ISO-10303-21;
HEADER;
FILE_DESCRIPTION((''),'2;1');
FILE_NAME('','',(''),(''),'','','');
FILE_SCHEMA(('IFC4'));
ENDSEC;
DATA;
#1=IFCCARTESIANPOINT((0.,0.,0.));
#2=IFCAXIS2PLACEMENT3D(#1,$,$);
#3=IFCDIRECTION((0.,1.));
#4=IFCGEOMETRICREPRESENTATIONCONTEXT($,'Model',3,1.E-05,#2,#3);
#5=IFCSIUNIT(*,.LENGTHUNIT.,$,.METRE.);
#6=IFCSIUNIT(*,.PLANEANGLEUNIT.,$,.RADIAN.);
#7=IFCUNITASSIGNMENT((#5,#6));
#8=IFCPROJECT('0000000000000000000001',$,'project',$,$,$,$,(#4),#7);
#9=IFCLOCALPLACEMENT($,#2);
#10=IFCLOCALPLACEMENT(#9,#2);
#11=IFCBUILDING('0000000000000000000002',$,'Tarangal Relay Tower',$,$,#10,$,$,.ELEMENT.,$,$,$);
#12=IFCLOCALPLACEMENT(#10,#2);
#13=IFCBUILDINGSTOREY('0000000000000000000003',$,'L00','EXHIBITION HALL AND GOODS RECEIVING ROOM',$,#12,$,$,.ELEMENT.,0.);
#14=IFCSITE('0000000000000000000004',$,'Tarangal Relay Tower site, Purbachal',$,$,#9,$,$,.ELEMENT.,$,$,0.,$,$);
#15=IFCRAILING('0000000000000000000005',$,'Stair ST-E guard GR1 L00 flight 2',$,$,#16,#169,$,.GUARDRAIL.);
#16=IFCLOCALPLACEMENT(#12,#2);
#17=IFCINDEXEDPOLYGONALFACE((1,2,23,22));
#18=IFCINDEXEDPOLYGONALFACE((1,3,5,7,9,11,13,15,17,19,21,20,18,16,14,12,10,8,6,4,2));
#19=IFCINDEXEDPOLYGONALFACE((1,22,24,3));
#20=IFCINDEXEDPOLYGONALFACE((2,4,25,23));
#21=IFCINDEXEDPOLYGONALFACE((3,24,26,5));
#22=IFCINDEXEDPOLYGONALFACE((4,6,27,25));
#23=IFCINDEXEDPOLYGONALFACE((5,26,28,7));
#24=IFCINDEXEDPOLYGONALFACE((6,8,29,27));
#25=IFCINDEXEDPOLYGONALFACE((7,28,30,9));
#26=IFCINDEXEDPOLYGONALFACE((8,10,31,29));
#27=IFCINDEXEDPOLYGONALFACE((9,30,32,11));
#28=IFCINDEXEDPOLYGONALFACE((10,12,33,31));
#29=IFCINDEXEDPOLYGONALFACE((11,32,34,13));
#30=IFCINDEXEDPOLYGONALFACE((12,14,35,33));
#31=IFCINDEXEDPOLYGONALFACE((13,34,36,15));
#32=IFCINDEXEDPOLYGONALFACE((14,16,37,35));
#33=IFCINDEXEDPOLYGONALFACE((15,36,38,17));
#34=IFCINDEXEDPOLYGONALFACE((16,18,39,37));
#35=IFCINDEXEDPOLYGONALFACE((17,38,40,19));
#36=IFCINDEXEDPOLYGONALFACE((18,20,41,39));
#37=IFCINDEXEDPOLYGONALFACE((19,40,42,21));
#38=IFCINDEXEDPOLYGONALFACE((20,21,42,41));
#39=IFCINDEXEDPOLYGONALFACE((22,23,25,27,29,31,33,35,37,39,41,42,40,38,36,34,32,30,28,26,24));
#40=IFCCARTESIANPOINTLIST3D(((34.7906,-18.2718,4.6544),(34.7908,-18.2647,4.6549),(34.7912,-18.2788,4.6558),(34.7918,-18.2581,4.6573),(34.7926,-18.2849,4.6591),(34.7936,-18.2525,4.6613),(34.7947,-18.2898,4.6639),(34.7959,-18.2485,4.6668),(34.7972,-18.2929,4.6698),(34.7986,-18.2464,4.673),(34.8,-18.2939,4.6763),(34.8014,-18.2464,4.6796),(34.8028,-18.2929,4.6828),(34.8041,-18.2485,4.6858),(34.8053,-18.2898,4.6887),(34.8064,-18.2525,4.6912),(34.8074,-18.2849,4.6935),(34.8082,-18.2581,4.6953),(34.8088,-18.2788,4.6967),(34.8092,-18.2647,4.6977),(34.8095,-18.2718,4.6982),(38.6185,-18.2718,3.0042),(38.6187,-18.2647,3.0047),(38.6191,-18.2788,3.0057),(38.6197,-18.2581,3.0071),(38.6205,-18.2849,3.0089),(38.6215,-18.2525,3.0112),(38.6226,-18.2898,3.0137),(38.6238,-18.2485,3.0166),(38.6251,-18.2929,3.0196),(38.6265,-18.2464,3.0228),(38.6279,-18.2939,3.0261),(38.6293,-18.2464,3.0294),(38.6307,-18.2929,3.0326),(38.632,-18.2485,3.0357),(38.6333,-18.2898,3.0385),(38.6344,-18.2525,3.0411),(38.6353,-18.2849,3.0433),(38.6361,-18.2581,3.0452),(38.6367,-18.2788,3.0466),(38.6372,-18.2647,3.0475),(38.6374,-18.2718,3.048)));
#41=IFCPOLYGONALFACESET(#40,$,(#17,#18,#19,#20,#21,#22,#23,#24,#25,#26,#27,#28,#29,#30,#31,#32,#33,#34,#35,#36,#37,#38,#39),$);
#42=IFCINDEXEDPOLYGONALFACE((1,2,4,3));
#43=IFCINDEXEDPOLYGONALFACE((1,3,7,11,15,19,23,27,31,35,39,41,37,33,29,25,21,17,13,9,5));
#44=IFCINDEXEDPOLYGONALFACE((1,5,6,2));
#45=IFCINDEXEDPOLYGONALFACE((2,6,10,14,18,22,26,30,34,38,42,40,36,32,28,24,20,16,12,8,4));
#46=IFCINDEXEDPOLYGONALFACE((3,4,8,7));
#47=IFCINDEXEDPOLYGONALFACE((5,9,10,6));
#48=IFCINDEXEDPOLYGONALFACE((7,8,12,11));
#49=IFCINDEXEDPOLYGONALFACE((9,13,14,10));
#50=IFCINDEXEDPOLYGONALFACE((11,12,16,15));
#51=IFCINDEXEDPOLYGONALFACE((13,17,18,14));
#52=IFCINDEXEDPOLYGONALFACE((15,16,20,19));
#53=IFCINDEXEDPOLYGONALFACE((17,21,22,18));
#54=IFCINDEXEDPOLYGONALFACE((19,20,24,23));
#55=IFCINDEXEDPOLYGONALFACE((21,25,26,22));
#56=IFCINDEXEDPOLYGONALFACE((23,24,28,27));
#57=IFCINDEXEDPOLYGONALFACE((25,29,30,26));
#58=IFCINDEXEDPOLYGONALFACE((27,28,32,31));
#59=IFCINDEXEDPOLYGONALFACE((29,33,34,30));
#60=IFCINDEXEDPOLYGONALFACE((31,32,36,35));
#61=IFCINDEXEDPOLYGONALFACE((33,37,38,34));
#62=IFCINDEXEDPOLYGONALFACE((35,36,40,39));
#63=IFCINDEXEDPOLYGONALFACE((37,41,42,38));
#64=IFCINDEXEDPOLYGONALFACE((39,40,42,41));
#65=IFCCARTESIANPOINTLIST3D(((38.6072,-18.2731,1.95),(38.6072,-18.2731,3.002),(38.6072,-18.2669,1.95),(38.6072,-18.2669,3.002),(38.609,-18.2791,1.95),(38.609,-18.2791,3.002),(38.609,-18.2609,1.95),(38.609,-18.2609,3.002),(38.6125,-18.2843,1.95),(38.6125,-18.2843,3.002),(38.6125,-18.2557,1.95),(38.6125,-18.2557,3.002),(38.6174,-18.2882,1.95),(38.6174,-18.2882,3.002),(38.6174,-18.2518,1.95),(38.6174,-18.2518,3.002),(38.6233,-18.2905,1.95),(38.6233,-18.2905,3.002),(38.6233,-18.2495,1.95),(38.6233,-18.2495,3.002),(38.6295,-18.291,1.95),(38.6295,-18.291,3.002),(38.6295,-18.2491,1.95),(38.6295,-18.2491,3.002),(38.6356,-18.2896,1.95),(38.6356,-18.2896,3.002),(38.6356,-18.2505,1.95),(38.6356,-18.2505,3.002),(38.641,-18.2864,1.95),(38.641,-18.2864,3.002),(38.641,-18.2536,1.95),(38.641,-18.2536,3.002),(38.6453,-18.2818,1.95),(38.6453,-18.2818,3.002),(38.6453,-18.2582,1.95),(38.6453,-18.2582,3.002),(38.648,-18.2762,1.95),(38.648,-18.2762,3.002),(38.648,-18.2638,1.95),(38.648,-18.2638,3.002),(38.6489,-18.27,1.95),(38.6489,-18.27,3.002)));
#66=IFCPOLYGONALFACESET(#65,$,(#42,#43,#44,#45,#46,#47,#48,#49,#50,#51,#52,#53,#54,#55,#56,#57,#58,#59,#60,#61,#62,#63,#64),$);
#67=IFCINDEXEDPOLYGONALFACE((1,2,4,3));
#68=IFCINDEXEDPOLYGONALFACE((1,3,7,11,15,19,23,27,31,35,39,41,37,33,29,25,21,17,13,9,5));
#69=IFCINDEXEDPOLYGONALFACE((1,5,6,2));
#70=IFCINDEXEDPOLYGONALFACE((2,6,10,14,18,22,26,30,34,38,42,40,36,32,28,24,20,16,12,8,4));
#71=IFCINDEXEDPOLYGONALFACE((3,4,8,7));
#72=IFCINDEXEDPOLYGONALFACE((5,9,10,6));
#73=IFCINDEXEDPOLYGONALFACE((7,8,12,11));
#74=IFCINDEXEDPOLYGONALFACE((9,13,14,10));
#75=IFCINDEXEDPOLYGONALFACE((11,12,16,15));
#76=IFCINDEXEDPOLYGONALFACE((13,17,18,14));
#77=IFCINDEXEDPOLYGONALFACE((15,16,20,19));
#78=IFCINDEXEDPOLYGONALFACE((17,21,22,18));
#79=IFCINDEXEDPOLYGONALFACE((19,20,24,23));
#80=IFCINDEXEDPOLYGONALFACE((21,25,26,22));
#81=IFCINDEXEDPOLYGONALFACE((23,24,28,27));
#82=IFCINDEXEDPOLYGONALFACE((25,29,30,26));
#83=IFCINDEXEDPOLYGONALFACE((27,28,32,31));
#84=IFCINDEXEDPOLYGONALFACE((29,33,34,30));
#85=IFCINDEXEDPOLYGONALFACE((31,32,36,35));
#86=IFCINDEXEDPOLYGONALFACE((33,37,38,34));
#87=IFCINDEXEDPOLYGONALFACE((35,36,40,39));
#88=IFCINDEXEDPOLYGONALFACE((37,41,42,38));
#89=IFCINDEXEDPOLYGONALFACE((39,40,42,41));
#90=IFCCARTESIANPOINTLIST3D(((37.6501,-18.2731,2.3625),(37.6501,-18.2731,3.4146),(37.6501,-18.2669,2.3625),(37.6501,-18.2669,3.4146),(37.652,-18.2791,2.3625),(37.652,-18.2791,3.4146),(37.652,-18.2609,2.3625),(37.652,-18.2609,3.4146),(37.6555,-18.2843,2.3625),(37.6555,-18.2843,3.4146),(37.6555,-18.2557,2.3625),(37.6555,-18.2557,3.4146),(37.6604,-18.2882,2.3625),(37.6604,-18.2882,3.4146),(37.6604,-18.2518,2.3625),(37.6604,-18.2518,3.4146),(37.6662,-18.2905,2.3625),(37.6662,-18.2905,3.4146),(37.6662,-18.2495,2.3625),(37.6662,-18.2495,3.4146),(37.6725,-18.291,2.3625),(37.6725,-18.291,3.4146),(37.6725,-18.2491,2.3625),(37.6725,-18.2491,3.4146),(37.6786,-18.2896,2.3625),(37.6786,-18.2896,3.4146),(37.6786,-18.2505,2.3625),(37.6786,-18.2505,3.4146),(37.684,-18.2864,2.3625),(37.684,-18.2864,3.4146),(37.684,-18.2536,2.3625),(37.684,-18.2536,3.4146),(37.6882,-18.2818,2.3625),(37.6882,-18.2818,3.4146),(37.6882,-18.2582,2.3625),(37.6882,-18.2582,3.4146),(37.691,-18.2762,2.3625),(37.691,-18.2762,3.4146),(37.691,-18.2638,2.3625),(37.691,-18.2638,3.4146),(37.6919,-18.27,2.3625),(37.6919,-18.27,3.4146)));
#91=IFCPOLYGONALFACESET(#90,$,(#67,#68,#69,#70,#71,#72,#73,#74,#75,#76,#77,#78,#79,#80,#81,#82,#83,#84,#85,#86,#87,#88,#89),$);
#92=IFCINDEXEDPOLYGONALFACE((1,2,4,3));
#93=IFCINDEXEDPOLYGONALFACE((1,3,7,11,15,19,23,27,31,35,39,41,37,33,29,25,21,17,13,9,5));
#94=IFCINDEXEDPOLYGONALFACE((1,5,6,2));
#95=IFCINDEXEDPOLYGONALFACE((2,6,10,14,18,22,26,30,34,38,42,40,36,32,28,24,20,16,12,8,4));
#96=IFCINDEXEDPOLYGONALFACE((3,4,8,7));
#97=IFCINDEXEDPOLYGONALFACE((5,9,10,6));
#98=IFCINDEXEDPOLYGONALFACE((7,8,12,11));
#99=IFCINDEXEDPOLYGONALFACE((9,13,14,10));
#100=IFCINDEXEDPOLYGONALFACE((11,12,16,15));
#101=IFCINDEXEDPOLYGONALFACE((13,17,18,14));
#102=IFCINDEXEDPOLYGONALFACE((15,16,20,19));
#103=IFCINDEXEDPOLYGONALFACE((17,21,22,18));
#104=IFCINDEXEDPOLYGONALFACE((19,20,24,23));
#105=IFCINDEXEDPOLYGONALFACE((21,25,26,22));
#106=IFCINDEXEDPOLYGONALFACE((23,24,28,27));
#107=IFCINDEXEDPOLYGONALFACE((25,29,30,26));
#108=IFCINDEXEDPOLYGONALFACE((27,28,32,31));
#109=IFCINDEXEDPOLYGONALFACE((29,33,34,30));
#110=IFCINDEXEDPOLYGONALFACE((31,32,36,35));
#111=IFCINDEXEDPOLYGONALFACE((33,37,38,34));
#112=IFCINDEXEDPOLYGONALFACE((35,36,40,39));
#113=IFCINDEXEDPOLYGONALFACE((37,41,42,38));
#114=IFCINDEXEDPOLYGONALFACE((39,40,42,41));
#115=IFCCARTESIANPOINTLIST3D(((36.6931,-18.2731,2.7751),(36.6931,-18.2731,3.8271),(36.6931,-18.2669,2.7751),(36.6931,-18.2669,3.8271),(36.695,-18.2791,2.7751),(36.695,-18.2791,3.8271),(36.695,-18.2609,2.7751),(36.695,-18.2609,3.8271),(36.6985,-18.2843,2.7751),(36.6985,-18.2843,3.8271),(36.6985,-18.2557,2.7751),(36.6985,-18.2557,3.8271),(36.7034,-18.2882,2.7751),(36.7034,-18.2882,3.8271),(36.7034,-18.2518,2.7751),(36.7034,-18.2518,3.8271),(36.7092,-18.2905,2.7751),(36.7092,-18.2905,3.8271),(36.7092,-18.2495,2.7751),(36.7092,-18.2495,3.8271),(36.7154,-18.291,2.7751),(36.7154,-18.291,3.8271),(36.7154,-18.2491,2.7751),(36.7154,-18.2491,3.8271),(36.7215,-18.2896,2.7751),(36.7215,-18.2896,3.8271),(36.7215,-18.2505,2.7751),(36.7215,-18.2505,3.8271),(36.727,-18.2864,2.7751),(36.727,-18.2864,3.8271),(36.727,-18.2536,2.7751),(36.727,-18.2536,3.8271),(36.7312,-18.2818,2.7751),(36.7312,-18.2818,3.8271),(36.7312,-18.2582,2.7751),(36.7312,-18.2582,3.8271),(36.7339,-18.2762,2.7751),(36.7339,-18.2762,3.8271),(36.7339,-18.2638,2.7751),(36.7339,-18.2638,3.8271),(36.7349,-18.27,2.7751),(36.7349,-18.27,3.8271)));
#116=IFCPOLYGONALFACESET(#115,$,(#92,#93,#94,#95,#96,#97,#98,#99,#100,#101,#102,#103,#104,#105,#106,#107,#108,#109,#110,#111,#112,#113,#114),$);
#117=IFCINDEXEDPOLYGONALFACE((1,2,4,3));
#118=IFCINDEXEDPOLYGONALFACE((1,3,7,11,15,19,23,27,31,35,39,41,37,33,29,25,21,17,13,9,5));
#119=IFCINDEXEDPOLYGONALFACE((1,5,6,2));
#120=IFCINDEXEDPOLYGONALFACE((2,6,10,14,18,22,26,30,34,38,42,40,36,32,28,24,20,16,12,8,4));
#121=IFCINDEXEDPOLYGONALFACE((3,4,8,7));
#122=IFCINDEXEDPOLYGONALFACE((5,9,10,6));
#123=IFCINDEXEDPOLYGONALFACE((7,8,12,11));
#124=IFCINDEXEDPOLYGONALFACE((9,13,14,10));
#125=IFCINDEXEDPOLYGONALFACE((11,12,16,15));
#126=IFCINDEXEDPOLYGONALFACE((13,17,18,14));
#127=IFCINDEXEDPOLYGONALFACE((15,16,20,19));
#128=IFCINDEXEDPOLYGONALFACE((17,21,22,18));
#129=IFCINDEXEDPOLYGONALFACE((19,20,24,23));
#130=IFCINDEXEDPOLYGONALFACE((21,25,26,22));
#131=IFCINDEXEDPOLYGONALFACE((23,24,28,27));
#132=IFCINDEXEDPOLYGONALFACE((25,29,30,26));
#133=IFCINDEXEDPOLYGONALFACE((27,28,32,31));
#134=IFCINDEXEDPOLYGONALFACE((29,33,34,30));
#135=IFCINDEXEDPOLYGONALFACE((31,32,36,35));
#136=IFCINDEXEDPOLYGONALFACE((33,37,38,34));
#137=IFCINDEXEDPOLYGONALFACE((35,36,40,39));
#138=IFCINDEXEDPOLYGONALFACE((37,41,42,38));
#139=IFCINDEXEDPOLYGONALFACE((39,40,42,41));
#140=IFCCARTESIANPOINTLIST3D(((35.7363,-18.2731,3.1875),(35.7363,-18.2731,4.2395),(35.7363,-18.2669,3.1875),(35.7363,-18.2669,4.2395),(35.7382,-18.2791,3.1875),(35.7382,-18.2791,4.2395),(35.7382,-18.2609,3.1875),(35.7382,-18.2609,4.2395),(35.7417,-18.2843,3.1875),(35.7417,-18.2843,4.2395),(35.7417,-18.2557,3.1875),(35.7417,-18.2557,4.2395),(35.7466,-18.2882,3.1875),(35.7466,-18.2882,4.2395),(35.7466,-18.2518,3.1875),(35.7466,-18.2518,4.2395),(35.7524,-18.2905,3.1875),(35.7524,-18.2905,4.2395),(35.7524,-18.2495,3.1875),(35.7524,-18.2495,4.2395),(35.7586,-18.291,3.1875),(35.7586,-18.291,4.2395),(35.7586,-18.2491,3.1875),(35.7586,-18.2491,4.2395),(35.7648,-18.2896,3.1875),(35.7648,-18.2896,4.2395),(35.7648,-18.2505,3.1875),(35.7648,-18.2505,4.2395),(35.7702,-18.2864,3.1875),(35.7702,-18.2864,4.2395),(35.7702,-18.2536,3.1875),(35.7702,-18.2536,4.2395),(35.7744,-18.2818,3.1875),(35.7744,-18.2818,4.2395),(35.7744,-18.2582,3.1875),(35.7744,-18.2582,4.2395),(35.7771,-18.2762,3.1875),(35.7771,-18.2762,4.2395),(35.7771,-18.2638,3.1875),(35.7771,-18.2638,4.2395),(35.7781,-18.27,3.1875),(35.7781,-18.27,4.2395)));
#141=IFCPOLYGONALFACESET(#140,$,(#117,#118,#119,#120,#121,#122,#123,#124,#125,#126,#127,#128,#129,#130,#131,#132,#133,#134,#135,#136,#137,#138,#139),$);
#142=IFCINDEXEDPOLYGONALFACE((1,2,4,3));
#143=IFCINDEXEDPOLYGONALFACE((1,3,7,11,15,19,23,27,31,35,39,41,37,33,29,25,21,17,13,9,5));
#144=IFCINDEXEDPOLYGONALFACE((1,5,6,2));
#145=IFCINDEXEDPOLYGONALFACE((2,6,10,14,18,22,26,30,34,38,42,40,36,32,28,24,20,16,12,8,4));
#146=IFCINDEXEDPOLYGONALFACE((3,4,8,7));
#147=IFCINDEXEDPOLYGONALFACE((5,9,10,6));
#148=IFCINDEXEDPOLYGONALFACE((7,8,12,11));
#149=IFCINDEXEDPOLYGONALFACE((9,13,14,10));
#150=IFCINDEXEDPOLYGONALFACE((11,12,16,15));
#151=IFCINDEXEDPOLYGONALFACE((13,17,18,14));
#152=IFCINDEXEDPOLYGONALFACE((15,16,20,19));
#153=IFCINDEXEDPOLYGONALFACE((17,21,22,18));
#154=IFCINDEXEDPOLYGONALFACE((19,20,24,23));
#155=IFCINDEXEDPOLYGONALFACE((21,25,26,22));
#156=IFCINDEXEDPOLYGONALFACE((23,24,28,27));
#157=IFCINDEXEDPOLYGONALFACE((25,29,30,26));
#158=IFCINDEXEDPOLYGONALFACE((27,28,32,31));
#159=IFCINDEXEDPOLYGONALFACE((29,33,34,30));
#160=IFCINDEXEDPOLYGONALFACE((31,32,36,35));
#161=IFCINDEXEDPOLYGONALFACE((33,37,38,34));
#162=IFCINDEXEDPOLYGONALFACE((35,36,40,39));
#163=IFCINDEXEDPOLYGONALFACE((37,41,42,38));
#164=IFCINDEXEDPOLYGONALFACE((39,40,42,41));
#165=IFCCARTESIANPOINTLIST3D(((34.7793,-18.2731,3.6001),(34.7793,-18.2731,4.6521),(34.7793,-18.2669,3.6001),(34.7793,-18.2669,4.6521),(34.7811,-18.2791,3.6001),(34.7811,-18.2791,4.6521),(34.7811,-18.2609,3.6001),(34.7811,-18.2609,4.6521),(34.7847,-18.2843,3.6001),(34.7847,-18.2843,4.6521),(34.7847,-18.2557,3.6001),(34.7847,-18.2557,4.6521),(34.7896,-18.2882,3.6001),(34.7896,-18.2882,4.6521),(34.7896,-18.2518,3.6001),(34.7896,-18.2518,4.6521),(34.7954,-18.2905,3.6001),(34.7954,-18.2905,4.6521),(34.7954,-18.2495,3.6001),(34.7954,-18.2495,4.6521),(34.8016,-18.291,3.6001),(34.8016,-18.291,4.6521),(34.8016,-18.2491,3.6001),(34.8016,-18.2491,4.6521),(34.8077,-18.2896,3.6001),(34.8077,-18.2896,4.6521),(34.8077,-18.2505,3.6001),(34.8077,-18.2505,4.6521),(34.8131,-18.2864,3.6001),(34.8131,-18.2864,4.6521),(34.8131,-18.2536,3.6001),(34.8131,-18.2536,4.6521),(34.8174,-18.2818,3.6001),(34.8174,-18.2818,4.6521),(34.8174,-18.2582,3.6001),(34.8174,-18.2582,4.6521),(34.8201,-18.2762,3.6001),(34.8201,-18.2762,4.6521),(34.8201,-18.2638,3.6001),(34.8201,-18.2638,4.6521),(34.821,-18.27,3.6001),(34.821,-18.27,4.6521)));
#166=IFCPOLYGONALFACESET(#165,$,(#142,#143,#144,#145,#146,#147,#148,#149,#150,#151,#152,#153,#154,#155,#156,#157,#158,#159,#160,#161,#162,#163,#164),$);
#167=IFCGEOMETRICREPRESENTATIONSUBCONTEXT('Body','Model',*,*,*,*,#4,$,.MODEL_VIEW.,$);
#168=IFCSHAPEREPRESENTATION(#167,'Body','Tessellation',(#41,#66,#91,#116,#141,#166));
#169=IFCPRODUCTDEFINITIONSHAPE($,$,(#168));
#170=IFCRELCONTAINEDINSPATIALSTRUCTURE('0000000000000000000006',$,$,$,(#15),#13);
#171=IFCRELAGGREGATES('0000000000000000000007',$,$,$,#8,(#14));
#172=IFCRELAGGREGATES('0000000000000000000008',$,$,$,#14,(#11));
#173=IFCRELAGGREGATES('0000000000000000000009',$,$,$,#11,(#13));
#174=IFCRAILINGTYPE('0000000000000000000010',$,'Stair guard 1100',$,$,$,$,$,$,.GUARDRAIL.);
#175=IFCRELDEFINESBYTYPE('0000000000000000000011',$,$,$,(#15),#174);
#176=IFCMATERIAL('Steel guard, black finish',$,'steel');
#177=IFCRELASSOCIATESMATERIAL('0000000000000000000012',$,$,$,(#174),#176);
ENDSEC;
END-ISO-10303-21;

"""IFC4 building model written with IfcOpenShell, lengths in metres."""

from ifc_helpers import new_model, si_unit, direction, frame, origin, origin_2d, place, context, subcontext, project, spatial, circle, extrude, material, type_object, element, save


model = new_model("IFC4")

# Units and contexts
model_context = context("Model", 3, precision=1e-05, world=origin(), true_north=direction((0.0, 1.0)))
body_context = subcontext(model_context, "Body", "Model", "MODEL_VIEW")
ifc_project = project(units=[si_unit("LENGTHUNIT", "METRE"), si_unit("PLANEANGLEUNIT", "RADIAN")], contexts=[model_context])

# Site, building, storey
site_placement = place(None, origin())
site = spatial("IfcSite", under=ifc_project, at=site_placement, Name="Tarangal Relay Tower site, Purbachal", CompositionType="ELEMENT", RefElevation=0.0)
building_placement = place(site_placement, origin())
building = spatial("IfcBuilding", under=site, at=building_placement, Name="Tarangal Relay Tower", CompositionType="ELEMENT")
storey_placement = place(building_placement, origin())
storey = spatial("IfcBuildingStorey", under=building, at=storey_placement, Name="L00", Description="EXHIBITION HALL AND GOODS RECEIVING ROOM", CompositionType="ELEMENT", Elevation=0.0)

# Railing
ifc_material_1 = material(Name="Steel guard, black finish", Category="steel")
railing_type = type_object("IfcRailingType", Name="Stair guard 1100", PredefinedType="GUARDRAIL", material=ifc_material_1)
railing_1_placement = place(storey_placement, frame((38.6279, -18.27, 1.95)))
element("IfcRailing", 1, at=railing_1_placement, inside=storey, type_object=railing_type, Name="Stair ST-E guard GR1 L00 flight 2", PredefinedType="GUARDRAIL", context=body_context, shape_type="SweptSolid", body=[
    extrude(circle(Radius=0.0239, at=origin_2d()), frame((0.0, 0.0, 1.0762), z_axis=(-0.918307, 0.0, 0.395869), x_axis=(0.0, -1.0, 0.0)), (0.0, 0.0, 1.0), 4.1685),
    extrude(circle(Radius=0.021, at=origin_2d()), origin(), (0.0, 0.0, 1.0), 1.052),
    extrude(circle(Radius=0.021, at=origin_2d()), frame((-0.957, 0.0, 0.4126)), (0.0, 0.0, 1.0), 1.052),
    extrude(circle(Radius=0.021, at=origin_2d()), frame((-1.9141, 0.0, 0.8252)), (0.0, 0.0, 1.0), 1.052),
    extrude(circle(Radius=0.021, at=origin_2d()), frame((-2.8708, 0.0, 1.2375)), (0.0, 0.0, 1.0), 1.052),
    extrude(circle(Radius=0.021, at=origin_2d()), frame((-3.8279, 0.0, 1.6501)), (0.0, 0.0, 1.0), 1.052),
])

save(model, "model.ifc")
